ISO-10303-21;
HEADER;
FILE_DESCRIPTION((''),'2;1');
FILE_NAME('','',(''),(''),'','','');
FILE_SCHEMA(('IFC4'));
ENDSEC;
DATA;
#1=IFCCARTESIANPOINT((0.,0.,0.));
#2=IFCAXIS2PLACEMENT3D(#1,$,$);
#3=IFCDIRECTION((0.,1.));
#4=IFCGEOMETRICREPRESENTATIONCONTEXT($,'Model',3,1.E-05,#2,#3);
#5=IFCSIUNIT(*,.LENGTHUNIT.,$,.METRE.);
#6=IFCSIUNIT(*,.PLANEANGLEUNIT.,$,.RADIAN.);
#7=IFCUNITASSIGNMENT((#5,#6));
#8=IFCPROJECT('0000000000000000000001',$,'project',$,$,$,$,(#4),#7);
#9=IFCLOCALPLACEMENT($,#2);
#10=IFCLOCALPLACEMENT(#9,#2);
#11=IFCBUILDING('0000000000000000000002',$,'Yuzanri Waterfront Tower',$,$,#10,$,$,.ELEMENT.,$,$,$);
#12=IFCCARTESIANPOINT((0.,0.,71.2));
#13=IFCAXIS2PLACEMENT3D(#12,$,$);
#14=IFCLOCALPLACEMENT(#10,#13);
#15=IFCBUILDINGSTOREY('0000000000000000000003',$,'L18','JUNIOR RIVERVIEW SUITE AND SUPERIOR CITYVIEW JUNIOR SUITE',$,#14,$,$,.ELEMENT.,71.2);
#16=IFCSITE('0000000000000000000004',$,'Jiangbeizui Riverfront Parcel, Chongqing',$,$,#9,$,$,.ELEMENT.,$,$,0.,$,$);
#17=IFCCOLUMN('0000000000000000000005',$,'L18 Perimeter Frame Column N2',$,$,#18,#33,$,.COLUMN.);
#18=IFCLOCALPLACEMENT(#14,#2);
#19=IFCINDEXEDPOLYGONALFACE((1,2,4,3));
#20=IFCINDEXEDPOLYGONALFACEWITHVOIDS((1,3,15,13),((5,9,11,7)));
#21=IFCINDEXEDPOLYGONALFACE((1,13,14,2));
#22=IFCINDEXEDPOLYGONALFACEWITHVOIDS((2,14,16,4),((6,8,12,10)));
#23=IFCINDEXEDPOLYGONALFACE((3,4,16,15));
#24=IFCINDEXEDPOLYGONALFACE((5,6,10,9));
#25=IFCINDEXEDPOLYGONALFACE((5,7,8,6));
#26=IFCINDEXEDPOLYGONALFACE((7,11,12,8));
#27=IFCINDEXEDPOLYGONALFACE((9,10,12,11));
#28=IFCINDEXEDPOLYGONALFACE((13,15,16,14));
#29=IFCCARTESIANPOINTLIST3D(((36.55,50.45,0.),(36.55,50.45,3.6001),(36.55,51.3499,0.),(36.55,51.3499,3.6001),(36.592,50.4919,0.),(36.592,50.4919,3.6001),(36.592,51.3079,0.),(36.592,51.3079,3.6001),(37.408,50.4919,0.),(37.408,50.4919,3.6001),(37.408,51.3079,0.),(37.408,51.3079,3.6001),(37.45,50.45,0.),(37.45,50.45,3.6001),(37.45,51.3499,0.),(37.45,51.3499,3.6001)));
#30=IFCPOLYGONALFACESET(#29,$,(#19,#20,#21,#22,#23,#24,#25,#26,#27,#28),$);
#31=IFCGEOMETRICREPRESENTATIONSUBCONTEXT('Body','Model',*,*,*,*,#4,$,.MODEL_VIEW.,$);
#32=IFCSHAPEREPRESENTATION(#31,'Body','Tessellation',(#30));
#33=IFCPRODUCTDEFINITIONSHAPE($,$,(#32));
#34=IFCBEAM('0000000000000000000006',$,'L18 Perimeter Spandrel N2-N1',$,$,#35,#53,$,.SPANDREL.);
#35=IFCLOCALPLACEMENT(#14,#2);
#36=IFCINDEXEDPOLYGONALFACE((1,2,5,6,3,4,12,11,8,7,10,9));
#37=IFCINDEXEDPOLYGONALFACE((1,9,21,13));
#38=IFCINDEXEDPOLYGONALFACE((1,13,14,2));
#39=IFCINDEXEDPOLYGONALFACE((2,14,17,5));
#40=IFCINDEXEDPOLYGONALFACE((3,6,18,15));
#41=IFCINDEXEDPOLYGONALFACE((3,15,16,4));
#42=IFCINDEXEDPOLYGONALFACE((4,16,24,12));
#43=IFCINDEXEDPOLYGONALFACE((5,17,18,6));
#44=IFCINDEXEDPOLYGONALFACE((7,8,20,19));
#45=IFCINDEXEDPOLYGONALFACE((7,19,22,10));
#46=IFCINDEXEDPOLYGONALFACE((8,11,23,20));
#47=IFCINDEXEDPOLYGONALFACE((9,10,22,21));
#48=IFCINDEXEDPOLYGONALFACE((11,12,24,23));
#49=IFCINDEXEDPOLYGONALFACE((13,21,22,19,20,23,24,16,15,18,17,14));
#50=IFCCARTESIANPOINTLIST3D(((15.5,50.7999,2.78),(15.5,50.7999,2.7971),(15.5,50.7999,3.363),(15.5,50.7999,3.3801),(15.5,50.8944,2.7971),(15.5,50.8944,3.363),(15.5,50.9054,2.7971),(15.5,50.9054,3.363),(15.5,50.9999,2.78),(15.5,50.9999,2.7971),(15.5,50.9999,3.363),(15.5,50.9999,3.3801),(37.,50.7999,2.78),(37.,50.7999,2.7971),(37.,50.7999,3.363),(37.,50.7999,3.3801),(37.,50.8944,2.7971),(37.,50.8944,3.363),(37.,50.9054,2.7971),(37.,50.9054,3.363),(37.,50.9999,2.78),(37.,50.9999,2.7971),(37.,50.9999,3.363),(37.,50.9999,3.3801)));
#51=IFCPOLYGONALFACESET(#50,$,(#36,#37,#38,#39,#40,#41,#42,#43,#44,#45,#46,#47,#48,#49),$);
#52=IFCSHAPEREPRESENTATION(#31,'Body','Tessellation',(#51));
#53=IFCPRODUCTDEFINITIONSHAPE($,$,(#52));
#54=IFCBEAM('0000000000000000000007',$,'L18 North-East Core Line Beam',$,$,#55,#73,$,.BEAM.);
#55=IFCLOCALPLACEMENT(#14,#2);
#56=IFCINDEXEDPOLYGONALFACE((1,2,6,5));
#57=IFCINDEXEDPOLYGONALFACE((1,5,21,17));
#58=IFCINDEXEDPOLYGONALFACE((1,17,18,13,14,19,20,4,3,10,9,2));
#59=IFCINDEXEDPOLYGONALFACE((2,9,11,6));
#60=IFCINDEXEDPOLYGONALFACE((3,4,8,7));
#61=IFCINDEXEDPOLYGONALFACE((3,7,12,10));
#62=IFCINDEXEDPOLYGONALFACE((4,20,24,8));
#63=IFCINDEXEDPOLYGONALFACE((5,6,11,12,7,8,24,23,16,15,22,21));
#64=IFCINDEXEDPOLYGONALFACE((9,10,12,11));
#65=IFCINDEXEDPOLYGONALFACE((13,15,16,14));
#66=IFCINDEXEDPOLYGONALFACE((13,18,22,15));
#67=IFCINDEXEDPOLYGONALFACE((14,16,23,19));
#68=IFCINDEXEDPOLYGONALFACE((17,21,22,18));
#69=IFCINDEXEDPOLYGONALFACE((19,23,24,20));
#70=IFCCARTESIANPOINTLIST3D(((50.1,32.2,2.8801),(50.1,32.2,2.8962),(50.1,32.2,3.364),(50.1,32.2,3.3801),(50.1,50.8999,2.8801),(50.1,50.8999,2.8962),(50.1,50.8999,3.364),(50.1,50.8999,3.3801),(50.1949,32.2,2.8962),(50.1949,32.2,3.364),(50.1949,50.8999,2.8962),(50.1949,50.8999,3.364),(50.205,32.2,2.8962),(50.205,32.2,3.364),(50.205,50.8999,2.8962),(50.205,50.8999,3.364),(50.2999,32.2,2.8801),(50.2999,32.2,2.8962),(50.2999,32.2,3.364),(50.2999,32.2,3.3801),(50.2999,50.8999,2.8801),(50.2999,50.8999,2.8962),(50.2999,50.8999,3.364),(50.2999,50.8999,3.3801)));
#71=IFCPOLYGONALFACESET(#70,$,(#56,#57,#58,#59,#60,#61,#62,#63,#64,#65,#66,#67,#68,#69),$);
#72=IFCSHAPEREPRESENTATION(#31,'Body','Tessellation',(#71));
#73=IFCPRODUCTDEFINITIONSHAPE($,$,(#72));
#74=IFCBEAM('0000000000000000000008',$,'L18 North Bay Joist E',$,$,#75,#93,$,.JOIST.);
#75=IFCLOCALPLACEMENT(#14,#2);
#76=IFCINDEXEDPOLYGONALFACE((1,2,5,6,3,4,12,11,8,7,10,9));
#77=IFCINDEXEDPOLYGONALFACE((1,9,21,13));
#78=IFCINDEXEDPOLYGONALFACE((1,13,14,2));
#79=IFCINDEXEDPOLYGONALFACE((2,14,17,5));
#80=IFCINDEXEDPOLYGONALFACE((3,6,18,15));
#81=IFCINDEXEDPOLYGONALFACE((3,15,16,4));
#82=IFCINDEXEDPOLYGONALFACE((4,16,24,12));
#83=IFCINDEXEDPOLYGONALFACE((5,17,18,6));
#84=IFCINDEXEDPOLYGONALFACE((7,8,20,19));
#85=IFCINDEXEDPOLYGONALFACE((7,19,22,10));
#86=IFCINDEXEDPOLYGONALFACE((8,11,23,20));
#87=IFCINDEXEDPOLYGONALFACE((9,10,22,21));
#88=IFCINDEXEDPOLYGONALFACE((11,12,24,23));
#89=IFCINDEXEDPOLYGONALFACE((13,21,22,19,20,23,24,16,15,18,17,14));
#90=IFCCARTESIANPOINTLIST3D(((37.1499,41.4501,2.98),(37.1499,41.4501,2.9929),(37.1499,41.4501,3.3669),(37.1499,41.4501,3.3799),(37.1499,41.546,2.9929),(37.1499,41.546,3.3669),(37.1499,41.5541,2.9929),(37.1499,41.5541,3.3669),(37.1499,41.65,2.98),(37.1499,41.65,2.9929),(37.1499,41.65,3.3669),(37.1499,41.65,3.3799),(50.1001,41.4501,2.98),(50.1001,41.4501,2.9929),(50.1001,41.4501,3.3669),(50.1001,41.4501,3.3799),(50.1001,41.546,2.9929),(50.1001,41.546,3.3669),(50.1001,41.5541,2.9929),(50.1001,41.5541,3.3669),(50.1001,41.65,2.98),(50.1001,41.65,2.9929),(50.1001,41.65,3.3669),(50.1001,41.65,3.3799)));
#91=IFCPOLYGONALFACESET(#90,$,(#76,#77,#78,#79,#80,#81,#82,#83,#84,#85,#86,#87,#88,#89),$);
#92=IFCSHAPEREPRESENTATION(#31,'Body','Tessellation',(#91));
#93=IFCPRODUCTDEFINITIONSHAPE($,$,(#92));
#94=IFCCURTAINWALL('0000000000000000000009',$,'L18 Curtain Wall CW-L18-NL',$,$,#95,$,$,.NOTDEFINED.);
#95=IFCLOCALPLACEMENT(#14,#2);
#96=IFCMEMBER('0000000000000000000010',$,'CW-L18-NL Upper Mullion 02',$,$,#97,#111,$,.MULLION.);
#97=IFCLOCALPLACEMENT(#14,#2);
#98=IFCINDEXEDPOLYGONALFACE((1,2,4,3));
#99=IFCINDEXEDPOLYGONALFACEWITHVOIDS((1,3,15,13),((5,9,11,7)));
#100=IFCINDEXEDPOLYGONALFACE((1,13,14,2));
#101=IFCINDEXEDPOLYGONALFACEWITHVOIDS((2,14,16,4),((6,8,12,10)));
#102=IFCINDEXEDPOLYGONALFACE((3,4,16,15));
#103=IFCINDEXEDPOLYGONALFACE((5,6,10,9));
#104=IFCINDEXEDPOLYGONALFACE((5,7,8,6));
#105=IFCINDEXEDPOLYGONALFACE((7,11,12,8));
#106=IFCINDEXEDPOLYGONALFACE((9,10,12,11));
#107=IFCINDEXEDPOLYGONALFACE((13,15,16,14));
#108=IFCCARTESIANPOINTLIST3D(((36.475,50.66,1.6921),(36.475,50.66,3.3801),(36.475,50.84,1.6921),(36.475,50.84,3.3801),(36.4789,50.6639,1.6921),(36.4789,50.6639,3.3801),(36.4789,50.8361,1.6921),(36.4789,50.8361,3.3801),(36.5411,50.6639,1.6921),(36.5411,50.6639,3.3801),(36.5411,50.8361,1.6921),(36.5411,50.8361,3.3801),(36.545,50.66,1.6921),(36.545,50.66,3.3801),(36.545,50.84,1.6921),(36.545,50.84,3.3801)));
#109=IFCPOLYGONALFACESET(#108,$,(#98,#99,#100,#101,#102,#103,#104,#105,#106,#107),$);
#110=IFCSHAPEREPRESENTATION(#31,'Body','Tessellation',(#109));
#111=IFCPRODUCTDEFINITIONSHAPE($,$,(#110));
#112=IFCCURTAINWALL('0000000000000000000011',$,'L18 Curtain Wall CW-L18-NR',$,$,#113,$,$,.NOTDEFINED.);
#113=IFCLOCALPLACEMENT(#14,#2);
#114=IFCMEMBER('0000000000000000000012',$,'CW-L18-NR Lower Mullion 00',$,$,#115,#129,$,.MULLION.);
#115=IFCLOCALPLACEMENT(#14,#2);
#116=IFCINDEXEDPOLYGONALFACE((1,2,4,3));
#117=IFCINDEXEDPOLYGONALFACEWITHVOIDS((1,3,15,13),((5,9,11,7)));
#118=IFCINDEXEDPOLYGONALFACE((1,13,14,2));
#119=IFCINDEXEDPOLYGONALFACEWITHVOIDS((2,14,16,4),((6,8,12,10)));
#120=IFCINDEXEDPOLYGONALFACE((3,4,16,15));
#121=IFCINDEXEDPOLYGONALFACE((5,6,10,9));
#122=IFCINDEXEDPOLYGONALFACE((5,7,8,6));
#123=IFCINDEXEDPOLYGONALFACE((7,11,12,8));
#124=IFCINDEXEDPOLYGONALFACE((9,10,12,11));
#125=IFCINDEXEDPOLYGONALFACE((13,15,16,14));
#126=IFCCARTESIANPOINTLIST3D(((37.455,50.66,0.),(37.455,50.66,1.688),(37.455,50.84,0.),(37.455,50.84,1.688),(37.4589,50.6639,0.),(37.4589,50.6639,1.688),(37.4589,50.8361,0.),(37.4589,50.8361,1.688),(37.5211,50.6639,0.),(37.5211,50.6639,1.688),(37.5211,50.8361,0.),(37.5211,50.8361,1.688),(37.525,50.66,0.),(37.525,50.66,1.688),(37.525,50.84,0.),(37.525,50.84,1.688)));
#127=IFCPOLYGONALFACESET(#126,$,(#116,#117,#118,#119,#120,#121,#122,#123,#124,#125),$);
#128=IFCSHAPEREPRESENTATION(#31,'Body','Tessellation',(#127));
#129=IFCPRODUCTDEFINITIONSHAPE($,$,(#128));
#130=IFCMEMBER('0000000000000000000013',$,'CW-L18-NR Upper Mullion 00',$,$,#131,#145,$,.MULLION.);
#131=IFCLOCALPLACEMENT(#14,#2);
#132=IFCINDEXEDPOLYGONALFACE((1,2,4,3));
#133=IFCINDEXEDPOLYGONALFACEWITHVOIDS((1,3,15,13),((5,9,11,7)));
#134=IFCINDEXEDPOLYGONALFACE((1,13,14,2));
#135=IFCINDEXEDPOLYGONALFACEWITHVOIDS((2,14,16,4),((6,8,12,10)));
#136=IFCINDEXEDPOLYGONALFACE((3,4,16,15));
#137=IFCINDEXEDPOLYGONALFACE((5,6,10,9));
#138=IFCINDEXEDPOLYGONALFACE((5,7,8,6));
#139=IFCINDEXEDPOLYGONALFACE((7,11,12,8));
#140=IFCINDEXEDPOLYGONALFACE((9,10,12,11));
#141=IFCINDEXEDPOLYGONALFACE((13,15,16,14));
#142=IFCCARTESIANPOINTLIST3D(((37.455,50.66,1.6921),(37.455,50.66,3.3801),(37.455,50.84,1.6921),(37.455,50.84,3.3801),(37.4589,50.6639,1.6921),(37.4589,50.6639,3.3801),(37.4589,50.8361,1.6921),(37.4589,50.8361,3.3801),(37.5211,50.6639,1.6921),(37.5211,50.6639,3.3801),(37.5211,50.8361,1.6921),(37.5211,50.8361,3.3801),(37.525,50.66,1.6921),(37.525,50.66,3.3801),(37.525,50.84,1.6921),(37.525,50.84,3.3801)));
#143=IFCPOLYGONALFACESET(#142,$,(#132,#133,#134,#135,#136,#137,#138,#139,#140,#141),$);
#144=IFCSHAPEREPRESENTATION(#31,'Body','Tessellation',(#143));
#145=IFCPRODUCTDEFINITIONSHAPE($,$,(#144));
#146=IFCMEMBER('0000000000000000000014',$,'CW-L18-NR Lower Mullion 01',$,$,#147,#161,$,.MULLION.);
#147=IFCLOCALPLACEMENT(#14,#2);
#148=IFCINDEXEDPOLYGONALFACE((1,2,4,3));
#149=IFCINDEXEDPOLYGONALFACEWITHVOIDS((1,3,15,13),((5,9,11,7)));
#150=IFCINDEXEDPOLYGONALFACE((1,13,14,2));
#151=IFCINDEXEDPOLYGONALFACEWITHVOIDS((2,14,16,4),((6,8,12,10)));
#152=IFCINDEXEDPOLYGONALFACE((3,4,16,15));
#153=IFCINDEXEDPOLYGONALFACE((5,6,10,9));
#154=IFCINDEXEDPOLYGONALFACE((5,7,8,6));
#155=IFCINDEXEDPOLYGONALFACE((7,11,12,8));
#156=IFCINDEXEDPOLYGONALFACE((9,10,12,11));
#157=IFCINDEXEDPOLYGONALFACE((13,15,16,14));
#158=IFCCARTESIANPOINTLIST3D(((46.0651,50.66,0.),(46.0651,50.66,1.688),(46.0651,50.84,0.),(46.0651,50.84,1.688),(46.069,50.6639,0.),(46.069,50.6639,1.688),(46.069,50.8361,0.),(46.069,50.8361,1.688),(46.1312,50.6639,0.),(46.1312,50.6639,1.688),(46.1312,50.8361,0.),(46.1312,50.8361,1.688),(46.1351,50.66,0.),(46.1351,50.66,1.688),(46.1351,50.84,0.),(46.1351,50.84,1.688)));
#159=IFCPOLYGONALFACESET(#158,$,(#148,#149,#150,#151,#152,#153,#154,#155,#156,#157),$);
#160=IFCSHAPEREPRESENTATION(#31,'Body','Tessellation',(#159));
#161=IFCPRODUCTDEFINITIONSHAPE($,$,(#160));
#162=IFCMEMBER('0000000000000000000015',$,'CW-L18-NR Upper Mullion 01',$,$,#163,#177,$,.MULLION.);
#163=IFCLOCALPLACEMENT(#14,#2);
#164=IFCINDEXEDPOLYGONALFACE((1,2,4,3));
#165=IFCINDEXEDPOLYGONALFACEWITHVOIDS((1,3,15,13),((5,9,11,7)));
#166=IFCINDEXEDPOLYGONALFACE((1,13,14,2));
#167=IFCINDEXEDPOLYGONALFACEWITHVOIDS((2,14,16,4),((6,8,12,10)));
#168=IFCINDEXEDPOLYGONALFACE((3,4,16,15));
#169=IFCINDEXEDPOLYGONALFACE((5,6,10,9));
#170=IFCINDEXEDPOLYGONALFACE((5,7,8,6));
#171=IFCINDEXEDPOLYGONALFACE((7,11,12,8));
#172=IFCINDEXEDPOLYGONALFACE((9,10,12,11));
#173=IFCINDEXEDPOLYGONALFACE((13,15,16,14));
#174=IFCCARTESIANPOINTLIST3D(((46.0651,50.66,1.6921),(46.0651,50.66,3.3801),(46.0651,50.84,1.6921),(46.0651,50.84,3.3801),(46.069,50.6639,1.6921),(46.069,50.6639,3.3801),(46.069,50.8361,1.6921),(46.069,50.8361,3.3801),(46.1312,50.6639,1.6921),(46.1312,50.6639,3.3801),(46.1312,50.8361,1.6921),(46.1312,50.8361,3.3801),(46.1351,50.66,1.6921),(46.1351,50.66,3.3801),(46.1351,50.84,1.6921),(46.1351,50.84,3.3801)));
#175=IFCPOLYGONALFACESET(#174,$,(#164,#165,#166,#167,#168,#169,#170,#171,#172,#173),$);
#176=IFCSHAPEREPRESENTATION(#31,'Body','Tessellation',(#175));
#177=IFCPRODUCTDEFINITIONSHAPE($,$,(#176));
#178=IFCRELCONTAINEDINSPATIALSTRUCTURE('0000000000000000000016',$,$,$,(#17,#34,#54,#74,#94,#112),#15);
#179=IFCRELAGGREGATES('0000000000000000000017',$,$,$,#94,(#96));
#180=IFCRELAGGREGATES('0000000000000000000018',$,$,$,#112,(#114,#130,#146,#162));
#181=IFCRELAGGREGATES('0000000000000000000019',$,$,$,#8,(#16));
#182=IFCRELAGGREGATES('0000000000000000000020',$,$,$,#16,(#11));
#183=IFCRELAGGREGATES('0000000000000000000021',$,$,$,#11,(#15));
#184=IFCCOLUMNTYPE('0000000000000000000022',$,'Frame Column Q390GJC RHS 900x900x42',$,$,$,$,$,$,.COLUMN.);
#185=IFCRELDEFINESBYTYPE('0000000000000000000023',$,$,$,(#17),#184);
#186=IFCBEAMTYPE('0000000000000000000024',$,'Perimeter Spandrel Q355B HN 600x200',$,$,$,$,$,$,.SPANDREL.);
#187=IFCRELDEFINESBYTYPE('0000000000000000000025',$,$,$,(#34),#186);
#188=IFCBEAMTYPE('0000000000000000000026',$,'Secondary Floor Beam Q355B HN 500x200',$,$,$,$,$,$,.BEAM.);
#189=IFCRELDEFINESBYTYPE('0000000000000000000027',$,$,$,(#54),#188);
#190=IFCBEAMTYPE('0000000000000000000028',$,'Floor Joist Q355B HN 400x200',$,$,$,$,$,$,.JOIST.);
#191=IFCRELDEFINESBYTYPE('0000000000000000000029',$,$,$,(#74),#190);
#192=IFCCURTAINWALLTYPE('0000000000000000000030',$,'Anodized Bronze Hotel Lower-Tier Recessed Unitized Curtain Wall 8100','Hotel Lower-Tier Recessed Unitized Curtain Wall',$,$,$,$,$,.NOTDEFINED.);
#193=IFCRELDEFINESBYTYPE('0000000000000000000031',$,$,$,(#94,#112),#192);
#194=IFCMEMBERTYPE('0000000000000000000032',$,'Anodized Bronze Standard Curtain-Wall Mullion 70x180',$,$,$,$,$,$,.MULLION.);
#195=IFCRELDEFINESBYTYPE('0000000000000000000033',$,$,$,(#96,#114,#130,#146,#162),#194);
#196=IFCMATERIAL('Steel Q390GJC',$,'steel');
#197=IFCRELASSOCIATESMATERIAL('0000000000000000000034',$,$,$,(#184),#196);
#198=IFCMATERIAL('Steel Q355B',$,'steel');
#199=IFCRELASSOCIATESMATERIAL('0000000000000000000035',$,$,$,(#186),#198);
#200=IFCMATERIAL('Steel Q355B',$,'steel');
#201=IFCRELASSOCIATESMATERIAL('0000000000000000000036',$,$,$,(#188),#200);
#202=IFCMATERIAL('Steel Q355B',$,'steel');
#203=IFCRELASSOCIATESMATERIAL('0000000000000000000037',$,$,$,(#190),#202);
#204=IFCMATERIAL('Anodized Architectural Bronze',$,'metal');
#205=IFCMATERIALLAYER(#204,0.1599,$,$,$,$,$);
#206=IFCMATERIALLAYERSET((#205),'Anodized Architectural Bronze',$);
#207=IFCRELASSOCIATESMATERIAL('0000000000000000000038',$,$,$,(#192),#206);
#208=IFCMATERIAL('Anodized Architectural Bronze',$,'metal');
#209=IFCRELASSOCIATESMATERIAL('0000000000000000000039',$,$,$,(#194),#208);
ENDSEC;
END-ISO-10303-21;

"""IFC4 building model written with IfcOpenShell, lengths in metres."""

from ifc_helpers import new_model, si_unit, direction, frame, origin, origin_2d, place, context, subcontext, project, spatial, hollow_rectangle, i_section, extrude, source, transform, mapped, material, layer, layer_set, material_profile, profile_set, type_object, element, aggregate, save


model = new_model("IFC4")

# Units and contexts
model_context = context("Model", 3, precision=1e-05, world=origin(), true_north=direction((0.0, 1.0)))
body_context = subcontext(model_context, "Body", "Model", "MODEL_VIEW")
ifc_project = project(units=[si_unit("LENGTHUNIT", "METRE"), si_unit("PLANEANGLEUNIT", "RADIAN")], contexts=[model_context])

# Site, building, storey
site_placement = place(None, origin())
site = spatial("IfcSite", under=ifc_project, at=site_placement, Name="Jiangbeizui Riverfront Parcel, Chongqing", CompositionType="ELEMENT", RefElevation=0.0)
building_placement = place(site_placement, origin())
building = spatial("IfcBuilding", under=site, at=building_placement, Name="Yuzanri Waterfront Tower", CompositionType="ELEMENT")
storey_placement = place(building_placement, frame((0.0, 0.0, 71.2)))
storey = spatial("IfcBuildingStorey", under=building, at=storey_placement, Name="L18", Description="JUNIOR RIVERVIEW SUITE AND SUPERIOR CITYVIEW JUNIOR SUITE", CompositionType="ELEMENT", Elevation=71.2)

# Column
ifc_material_1 = material(Name="Steel Q390GJC", Category="steel")
ifc_material_profile_1 = material_profile(ifc_material_1, hollow_rectangle(XDim=0.8999, YDim=0.8999, WallThickness=0.042, at=origin_2d()), Name="RHS 900x900x42")
ifc_profile_set_1 = profile_set([ifc_material_profile_1], Name="Steel Q390GJC")
column_type = type_object("IfcColumnType", Name="Frame Column Q390GJC RHS 900x900x42", PredefinedType="COLUMN", material=ifc_profile_set_1)
shared_shape_1 = source(origin(), body_context, "Body", "SweptSolid", [
    extrude(hollow_rectangle(XDim=0.8999, YDim=0.8999, WallThickness=0.042, at=origin_2d()), origin(), (0.0, 0.0, 1.0), 3.6001),
])
column_placement = place(storey_placement, frame((37.0, 50.8999, 0.0), z_axis=(0.0, 0.0, 1.0), x_axis=(1.0, 0.0, 0.0)))
element("IfcColumn", 1, at=column_placement, inside=storey, type_object=column_type, Name="L18 Perimeter Frame Column N2", PredefinedType="COLUMN", context=body_context, shape_type="MappedRepresentation", body=[
    mapped(shared_shape_1, transform((0.0, 0.0, 0.0), scale=1.0)),
])

# Beams
ifc_material_2 = material(Name="Steel Q355B", Category="steel")
ifc_material_profile_2 = material_profile(ifc_material_2, i_section(OverallWidth=0.2, OverallDepth=0.6001, WebThickness=0.011, FlangeThickness=0.0171, at=origin_2d()), Name="HN 600x200x11x17")
ifc_profile_set_2 = profile_set([ifc_material_profile_2], Name="Steel Q355B")
beam_type_1 = type_object("IfcBeamType", Name="Perimeter Spandrel Q355B HN 600x200", PredefinedType="SPANDREL", material=ifc_profile_set_2)
shared_shape_2 = source(origin(), body_context, "Body", "SweptSolid", [
    extrude(i_section(OverallWidth=0.2, OverallDepth=0.6001, WebThickness=0.011, FlangeThickness=0.0171, at=origin_2d()), origin(), (0.0, 0.0, 1.0), 21.5),
])
beam_1_placement = place(storey_placement, frame((37.0, 50.8999, 3.0801), z_axis=(-1.0, 0.0, 0.0), x_axis=(0.0, -1.0, 0.0)))
element("IfcBeam", 2, at=beam_1_placement, inside=storey, type_object=beam_type_1, Name="L18 Perimeter Spandrel N2-N1", PredefinedType="SPANDREL", context=body_context, shape_type="MappedRepresentation", body=[
    mapped(shared_shape_2, transform((0.0, 0.0, 0.0), scale=1.0)),
])
ifc_material_3 = material(Name="Steel Q355B", Category="steel")
ifc_material_profile_3 = material_profile(ifc_material_3, i_section(OverallWidth=0.2, OverallDepth=0.5, WebThickness=0.01, FlangeThickness=0.0161, at=origin_2d()), Name="HN 500x200x10x16")
ifc_profile_set_3 = profile_set([ifc_material_profile_3], Name="Steel Q355B")
beam_type_2 = type_object("IfcBeamType", Name="Secondary Floor Beam Q355B HN 500x200", PredefinedType="BEAM", material=ifc_profile_set_3)
shared_shape_3 = source(origin(), body_context, "Body", "SweptSolid", [
    extrude(i_section(OverallWidth=0.2, OverallDepth=0.5, WebThickness=0.01, FlangeThickness=0.0161, at=origin_2d()), origin(), (0.0, 0.0, 1.0), 18.7),
])
beam_2_placement = place(storey_placement, frame((50.2, 32.2, 3.1301), z_axis=(0.0, 1.0, 0.0), x_axis=(-1.0, 0.0, 0.0)))
element("IfcBeam", 3, at=beam_2_placement, inside=storey, type_object=beam_type_2, Name="L18 North-East Core Line Beam", PredefinedType="BEAM", context=body_context, shape_type="MappedRepresentation", body=[
    mapped(shared_shape_3, transform((0.0, 0.0, 0.0), scale=1.0)),
])
ifc_material_4 = material(Name="Steel Q355B", Category="steel")
ifc_material_profile_4 = material_profile(ifc_material_4, i_section(OverallWidth=0.2, OverallDepth=0.3999, WebThickness=0.0081, FlangeThickness=0.0129, at=origin_2d()), Name="HN 400x200x8x13")
ifc_profile_set_4 = profile_set([ifc_material_profile_4], Name="Steel Q355B")
beam_type_3 = type_object("IfcBeamType", Name="Floor Joist Q355B HN 400x200", PredefinedType="JOIST", material=ifc_profile_set_4)
shared_shape_4 = source(origin(), body_context, "Body", "SweptSolid", [
    extrude(i_section(OverallWidth=0.2, OverallDepth=0.3999, WebThickness=0.0081, FlangeThickness=0.0129, at=origin_2d()), origin(), (0.0, 0.0, 1.0), 12.9502),
])
beam_3_placement = place(storey_placement, frame((37.1499, 41.55, 3.1799), z_axis=(1.0, 0.0, 0.0), x_axis=(0.0, 1.0, 0.0)))
element("IfcBeam", 4, at=beam_3_placement, inside=storey, type_object=beam_type_3, Name="L18 North Bay Joist E", PredefinedType="JOIST", context=body_context, shape_type="MappedRepresentation", body=[
    mapped(shared_shape_4, transform((0.0, 0.0, 0.0), scale=1.0)),
])

# Curtain wall, member
ifc_material_5 = material(Name="Anodized Architectural Bronze", Category="metal")
ifc_layer_1 = layer(ifc_material_5, 0.1599)
ifc_layer_set_1 = layer_set([ifc_layer_1], Name="Anodized Architectural Bronze")
curtain_wall_type = type_object("IfcCurtainWallType", Name="Anodized Bronze Hotel Lower-Tier Recessed Unitized Curtain Wall 8100", Description="Hotel Lower-Tier Recessed Unitized Curtain Wall", PredefinedType="NOTDEFINED", material=ifc_layer_set_1)
curtain_wall_1_placement = place(storey_placement, origin())
curtain_wall_1 = element("IfcCurtainWall", 5, at=curtain_wall_1_placement, inside=storey, type_object=curtain_wall_type, Name="L18 Curtain Wall CW-L18-NL", PredefinedType="NOTDEFINED")
ifc_material_6 = material(Name="Anodized Architectural Bronze", Category="metal")
ifc_material_profile_5 = material_profile(ifc_material_6, hollow_rectangle(XDim=0.0701, YDim=0.1799, WallThickness=0.0039, at=origin_2d()), Name="CWM 70x180")
ifc_profile_set_5 = profile_set([ifc_material_profile_5], Name="Anodized Architectural Bronze")
member_type_1 = type_object("IfcMemberType", Name="Anodized Bronze Standard Curtain-Wall Mullion 70x180", PredefinedType="MULLION", material=ifc_profile_set_5)
shared_shape_5 = source(origin(), body_context, "Body", "SweptSolid", [
    extrude(hollow_rectangle(XDim=0.0701, YDim=0.1799, WallThickness=0.0039, at=origin_2d()), origin(), (0.0, 0.0, 1.0), 1.688),
])
member_1_placement = place(storey_placement, frame((36.51, 50.75, 1.6921), z_axis=(0.0, 0.0, 1.0), x_axis=(1.0, 0.0, 0.0)))
member_1 = element("IfcMember", 6, at=member_1_placement, type_object=member_type_1, Name="CW-L18-NL Upper Mullion 02", PredefinedType="MULLION", context=body_context, shape_type="MappedRepresentation", body=[
    mapped(shared_shape_5, transform((0.0, 0.0, 0.0), scale=1.0)),
])
aggregate(curtain_wall_1, [member_1])

# Curtain wall, members
curtain_wall_2_placement = place(storey_placement, origin())
curtain_wall_2 = element("IfcCurtainWall", 7, at=curtain_wall_2_placement, inside=storey, type_object=curtain_wall_type, Name="L18 Curtain Wall CW-L18-NR", PredefinedType="NOTDEFINED")
member_2_placement = place(storey_placement, frame((37.49, 50.75, 0.0), z_axis=(0.0, 0.0, 1.0), x_axis=(1.0, 0.0, 0.0)))
member_2 = element("IfcMember", 8, at=member_2_placement, type_object=member_type_1, Name="CW-L18-NR Lower Mullion 00", PredefinedType="MULLION", context=body_context, shape_type="MappedRepresentation", body=[
    mapped(shared_shape_5, transform((0.0, 0.0, 0.0), scale=1.0)),
])
member_3_placement = place(storey_placement, frame((37.49, 50.75, 1.6921), z_axis=(0.0, 0.0, 1.0), x_axis=(1.0, 0.0, 0.0)))
member_3 = element("IfcMember", 9, at=member_3_placement, type_object=member_type_1, Name="CW-L18-NR Upper Mullion 00", PredefinedType="MULLION", context=body_context, shape_type="MappedRepresentation", body=[
    mapped(shared_shape_5, transform((0.0, 0.0, 0.0), scale=1.0)),
])
member_4_placement = place(storey_placement, frame((46.1001, 50.75, 0.0), z_axis=(0.0, 0.0, 1.0), x_axis=(1.0, 0.0, 0.0)))
member_4 = element("IfcMember", 10, at=member_4_placement, type_object=member_type_1, Name="CW-L18-NR Lower Mullion 01", PredefinedType="MULLION", context=body_context, shape_type="MappedRepresentation", body=[
    mapped(shared_shape_5, transform((0.0, 0.0, 0.0), scale=1.0)),
])
member_5_placement = place(storey_placement, frame((46.1001, 50.75, 1.6921), z_axis=(0.0, 0.0, 1.0), x_axis=(1.0, 0.0, 0.0)))
member_5 = element("IfcMember", 11, at=member_5_placement, type_object=member_type_1, Name="CW-L18-NR Upper Mullion 01", PredefinedType="MULLION", context=body_context, shape_type="MappedRepresentation", body=[
    mapped(shared_shape_5, transform((0.0, 0.0, 0.0), scale=1.0)),
])
aggregate(curtain_wall_2, [member_2, member_3, member_4, member_5])

save(model, "model.ifc")
